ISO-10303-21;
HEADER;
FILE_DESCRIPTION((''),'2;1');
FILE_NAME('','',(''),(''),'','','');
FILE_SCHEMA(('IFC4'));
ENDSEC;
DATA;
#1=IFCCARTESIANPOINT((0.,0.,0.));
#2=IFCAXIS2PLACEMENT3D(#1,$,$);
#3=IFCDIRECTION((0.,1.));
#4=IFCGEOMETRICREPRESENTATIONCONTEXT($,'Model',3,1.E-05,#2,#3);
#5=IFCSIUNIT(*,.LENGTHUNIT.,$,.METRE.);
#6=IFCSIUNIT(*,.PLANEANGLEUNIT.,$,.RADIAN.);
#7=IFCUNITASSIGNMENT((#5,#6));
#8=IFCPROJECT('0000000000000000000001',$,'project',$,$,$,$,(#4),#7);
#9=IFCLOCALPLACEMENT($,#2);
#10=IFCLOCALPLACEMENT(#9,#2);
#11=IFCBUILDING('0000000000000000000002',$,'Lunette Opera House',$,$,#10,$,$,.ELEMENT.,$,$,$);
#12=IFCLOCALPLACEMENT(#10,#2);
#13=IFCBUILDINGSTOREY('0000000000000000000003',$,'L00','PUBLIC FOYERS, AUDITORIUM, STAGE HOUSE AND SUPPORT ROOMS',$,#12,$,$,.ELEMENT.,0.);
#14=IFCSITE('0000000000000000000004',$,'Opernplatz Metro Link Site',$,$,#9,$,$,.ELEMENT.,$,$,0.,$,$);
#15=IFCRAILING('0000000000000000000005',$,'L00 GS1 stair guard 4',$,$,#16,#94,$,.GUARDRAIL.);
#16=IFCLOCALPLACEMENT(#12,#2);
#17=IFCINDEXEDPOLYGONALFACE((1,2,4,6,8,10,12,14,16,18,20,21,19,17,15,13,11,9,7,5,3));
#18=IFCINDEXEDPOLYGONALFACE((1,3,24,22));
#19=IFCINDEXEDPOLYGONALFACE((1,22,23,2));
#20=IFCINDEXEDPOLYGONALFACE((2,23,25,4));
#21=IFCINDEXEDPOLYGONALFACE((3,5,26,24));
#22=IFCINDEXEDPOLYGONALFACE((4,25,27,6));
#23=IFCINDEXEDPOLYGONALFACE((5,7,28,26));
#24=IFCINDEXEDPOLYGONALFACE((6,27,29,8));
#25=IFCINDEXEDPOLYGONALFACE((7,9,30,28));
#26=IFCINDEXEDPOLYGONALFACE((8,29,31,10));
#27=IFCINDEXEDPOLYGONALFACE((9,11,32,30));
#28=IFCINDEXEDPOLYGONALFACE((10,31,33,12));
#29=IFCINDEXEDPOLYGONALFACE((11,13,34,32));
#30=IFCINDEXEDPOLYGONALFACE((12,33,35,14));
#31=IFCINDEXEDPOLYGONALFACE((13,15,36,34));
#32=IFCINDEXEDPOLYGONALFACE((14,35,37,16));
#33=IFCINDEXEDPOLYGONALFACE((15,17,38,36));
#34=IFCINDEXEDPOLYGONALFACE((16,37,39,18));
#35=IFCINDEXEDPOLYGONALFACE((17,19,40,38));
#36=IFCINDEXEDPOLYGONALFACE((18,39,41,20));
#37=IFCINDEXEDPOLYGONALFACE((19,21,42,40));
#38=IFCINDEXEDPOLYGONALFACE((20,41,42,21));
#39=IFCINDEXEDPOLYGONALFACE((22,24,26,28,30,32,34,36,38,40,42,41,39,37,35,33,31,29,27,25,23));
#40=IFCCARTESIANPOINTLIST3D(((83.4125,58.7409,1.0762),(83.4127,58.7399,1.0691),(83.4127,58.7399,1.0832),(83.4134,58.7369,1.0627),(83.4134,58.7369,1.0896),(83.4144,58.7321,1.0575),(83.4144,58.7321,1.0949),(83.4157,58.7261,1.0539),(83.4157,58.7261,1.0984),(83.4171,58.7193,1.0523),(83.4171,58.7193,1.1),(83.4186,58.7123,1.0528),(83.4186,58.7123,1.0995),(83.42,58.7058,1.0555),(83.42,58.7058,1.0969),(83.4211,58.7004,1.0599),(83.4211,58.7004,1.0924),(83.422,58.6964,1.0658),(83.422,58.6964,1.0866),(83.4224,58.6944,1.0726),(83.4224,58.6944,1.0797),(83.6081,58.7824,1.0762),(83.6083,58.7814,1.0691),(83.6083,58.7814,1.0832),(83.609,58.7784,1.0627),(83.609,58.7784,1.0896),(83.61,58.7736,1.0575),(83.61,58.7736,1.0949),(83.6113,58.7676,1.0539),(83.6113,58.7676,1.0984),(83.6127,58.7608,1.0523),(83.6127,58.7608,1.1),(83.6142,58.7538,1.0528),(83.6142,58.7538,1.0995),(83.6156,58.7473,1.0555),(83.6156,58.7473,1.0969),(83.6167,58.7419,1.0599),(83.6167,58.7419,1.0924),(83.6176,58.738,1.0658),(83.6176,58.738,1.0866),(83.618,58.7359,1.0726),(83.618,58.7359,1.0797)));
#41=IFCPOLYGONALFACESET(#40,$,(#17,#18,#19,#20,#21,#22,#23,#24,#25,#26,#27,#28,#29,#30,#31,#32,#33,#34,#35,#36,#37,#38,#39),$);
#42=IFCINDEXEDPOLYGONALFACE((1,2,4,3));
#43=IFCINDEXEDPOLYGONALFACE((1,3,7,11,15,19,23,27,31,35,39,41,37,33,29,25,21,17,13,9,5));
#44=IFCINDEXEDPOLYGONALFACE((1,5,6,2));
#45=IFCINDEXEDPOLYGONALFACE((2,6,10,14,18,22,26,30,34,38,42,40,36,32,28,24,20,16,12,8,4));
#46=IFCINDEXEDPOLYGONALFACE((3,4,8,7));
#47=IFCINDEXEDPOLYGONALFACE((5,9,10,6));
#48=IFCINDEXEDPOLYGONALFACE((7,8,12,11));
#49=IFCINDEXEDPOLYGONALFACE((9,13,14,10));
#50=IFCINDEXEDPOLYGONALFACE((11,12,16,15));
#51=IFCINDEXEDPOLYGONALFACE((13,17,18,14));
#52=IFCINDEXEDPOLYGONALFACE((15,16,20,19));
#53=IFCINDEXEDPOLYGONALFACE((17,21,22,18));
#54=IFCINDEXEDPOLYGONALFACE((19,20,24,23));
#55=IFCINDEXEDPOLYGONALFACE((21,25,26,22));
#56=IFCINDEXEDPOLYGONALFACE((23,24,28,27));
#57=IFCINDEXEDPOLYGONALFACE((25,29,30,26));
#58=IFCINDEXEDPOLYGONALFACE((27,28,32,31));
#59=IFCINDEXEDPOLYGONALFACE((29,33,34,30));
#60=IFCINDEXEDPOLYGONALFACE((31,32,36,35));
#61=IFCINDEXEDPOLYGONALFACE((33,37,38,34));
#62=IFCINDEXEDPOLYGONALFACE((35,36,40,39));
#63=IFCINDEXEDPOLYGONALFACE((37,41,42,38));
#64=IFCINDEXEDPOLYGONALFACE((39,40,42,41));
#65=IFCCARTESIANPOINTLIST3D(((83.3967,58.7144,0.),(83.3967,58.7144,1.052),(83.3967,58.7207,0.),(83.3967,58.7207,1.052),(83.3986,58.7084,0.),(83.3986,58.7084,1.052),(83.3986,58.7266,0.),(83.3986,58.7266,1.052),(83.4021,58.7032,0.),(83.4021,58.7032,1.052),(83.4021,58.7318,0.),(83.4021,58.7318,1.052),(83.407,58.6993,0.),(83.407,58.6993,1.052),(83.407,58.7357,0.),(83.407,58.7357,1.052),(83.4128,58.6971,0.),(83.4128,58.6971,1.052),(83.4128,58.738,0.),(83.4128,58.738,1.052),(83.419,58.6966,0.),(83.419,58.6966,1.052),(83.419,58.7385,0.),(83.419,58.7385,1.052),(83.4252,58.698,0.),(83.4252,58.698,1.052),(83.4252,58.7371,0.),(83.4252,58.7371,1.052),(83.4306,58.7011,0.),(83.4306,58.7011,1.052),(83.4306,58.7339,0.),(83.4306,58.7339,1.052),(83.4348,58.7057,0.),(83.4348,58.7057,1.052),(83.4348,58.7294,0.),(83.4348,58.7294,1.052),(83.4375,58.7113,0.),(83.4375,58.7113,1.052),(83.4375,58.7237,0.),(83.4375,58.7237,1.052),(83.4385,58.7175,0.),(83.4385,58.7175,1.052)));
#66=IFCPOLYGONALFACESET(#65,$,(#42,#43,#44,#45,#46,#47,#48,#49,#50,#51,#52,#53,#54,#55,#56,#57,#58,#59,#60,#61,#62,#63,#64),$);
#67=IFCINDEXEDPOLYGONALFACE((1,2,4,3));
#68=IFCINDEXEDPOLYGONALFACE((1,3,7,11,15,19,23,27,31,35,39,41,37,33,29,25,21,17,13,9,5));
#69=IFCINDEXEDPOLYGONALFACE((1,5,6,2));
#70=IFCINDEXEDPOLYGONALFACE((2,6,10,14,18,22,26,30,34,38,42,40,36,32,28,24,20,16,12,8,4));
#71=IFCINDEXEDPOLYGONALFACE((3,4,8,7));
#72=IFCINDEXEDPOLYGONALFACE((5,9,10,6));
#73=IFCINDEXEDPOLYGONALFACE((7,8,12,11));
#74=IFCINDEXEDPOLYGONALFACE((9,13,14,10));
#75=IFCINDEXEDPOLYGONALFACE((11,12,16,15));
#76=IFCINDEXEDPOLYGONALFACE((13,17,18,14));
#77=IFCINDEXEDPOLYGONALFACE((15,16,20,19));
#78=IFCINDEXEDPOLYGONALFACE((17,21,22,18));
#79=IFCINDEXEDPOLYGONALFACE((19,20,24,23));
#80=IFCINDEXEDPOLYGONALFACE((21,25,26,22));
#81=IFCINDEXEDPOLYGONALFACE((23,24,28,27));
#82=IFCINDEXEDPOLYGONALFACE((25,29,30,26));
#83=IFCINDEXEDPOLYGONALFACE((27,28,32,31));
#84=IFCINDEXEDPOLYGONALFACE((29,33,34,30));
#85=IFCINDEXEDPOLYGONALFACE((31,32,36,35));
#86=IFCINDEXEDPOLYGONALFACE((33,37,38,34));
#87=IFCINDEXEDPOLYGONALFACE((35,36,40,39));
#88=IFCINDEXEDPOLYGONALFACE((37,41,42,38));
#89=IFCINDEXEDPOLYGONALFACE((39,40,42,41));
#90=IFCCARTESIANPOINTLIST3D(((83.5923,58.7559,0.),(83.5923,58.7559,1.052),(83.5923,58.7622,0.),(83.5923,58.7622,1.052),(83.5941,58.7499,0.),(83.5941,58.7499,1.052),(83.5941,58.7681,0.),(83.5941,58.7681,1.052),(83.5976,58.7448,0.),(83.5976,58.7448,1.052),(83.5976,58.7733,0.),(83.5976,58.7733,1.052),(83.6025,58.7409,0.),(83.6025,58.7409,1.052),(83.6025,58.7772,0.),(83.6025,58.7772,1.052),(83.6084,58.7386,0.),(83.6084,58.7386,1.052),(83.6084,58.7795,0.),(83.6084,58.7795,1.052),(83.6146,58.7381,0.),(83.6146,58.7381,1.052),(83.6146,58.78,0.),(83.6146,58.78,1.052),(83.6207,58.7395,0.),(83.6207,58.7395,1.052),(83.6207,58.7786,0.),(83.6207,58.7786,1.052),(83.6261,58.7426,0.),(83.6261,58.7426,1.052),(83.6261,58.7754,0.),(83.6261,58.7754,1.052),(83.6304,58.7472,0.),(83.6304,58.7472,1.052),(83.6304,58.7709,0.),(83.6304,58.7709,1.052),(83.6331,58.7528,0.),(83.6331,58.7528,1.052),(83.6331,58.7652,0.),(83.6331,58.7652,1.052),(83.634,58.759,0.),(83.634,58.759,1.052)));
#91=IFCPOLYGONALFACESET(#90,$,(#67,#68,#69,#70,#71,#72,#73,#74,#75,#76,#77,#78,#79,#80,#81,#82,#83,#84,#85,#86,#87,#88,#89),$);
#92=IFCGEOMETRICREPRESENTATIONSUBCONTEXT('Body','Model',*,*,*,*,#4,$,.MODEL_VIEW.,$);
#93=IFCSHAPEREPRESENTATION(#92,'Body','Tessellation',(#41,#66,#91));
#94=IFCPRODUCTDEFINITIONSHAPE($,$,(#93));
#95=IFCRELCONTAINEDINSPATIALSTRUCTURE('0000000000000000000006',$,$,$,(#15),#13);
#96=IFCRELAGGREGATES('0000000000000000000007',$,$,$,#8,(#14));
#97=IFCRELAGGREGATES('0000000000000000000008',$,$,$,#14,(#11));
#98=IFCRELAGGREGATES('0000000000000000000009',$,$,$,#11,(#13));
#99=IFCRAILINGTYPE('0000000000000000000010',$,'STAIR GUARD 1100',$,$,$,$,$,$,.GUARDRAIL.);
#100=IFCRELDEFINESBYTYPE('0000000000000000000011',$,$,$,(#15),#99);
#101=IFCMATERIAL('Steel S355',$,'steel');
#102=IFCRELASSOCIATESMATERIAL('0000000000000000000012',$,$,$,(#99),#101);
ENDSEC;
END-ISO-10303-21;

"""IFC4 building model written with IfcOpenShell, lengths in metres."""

from ifc_helpers import new_model, si_unit, direction, frame, origin, origin_2d, place, context, subcontext, project, spatial, circle, extrude, material, type_object, element, save


model = new_model("IFC4")

# Units and contexts
model_context = context("Model", 3, precision=1e-05, world=origin(), true_north=direction((0.0, 1.0)))
body_context = subcontext(model_context, "Body", "Model", "MODEL_VIEW")
ifc_project = project(units=[si_unit("LENGTHUNIT", "METRE"), si_unit("PLANEANGLEUNIT", "RADIAN")], contexts=[model_context])

# Site, building, storey
site_placement = place(None, origin())
site = spatial("IfcSite", under=ifc_project, at=site_placement, Name="Opernplatz Metro Link Site", CompositionType="ELEMENT", RefElevation=0.0)
building_placement = place(site_placement, origin())
building = spatial("IfcBuilding", under=site, at=building_placement, Name="Lunette Opera House", CompositionType="ELEMENT")
storey_placement = place(building_placement, origin())
storey = spatial("IfcBuildingStorey", under=building, at=storey_placement, Name="L00", Description="PUBLIC FOYERS, AUDITORIUM, STAGE HOUSE AND SUPPORT ROOMS", CompositionType="ELEMENT", Elevation=0.0)

# Railing
ifc_material_1 = material(Name="Steel S355", Category="steel")
railing_type_1 = type_object("IfcRailingType", Name="STAIR GUARD 1100", PredefinedType="GUARDRAIL", material=ifc_material_1)
railing_1_placement = place(storey_placement, frame((83.4175, 58.7175, 0.0)))
element("IfcRailing", 1, at=railing_1_placement, inside=storey, type_object=railing_type_1, Name="L00 GS1 stair guard 4", PredefinedType="GUARDRAIL", context=body_context, shape_type="SweptSolid", body=[
    extrude(circle(Radius=0.0239, at=origin_2d()), frame((0.0, 0.0, 1.0762), z_axis=(0.978212, 0.20761, 0.0), x_axis=(-0.20761, 0.978212, 0.0)), (0.0, 0.0, 1.0), 0.2),
    extrude(circle(Radius=0.021, at=origin_2d()), origin(), (0.0, 0.0, 1.0), 1.052),
    extrude(circle(Radius=0.021, at=origin_2d()), frame((0.1956, 0.0415, 0.0)), (0.0, 0.0, 1.0), 1.052),
])

save(model, "model.ifc")
